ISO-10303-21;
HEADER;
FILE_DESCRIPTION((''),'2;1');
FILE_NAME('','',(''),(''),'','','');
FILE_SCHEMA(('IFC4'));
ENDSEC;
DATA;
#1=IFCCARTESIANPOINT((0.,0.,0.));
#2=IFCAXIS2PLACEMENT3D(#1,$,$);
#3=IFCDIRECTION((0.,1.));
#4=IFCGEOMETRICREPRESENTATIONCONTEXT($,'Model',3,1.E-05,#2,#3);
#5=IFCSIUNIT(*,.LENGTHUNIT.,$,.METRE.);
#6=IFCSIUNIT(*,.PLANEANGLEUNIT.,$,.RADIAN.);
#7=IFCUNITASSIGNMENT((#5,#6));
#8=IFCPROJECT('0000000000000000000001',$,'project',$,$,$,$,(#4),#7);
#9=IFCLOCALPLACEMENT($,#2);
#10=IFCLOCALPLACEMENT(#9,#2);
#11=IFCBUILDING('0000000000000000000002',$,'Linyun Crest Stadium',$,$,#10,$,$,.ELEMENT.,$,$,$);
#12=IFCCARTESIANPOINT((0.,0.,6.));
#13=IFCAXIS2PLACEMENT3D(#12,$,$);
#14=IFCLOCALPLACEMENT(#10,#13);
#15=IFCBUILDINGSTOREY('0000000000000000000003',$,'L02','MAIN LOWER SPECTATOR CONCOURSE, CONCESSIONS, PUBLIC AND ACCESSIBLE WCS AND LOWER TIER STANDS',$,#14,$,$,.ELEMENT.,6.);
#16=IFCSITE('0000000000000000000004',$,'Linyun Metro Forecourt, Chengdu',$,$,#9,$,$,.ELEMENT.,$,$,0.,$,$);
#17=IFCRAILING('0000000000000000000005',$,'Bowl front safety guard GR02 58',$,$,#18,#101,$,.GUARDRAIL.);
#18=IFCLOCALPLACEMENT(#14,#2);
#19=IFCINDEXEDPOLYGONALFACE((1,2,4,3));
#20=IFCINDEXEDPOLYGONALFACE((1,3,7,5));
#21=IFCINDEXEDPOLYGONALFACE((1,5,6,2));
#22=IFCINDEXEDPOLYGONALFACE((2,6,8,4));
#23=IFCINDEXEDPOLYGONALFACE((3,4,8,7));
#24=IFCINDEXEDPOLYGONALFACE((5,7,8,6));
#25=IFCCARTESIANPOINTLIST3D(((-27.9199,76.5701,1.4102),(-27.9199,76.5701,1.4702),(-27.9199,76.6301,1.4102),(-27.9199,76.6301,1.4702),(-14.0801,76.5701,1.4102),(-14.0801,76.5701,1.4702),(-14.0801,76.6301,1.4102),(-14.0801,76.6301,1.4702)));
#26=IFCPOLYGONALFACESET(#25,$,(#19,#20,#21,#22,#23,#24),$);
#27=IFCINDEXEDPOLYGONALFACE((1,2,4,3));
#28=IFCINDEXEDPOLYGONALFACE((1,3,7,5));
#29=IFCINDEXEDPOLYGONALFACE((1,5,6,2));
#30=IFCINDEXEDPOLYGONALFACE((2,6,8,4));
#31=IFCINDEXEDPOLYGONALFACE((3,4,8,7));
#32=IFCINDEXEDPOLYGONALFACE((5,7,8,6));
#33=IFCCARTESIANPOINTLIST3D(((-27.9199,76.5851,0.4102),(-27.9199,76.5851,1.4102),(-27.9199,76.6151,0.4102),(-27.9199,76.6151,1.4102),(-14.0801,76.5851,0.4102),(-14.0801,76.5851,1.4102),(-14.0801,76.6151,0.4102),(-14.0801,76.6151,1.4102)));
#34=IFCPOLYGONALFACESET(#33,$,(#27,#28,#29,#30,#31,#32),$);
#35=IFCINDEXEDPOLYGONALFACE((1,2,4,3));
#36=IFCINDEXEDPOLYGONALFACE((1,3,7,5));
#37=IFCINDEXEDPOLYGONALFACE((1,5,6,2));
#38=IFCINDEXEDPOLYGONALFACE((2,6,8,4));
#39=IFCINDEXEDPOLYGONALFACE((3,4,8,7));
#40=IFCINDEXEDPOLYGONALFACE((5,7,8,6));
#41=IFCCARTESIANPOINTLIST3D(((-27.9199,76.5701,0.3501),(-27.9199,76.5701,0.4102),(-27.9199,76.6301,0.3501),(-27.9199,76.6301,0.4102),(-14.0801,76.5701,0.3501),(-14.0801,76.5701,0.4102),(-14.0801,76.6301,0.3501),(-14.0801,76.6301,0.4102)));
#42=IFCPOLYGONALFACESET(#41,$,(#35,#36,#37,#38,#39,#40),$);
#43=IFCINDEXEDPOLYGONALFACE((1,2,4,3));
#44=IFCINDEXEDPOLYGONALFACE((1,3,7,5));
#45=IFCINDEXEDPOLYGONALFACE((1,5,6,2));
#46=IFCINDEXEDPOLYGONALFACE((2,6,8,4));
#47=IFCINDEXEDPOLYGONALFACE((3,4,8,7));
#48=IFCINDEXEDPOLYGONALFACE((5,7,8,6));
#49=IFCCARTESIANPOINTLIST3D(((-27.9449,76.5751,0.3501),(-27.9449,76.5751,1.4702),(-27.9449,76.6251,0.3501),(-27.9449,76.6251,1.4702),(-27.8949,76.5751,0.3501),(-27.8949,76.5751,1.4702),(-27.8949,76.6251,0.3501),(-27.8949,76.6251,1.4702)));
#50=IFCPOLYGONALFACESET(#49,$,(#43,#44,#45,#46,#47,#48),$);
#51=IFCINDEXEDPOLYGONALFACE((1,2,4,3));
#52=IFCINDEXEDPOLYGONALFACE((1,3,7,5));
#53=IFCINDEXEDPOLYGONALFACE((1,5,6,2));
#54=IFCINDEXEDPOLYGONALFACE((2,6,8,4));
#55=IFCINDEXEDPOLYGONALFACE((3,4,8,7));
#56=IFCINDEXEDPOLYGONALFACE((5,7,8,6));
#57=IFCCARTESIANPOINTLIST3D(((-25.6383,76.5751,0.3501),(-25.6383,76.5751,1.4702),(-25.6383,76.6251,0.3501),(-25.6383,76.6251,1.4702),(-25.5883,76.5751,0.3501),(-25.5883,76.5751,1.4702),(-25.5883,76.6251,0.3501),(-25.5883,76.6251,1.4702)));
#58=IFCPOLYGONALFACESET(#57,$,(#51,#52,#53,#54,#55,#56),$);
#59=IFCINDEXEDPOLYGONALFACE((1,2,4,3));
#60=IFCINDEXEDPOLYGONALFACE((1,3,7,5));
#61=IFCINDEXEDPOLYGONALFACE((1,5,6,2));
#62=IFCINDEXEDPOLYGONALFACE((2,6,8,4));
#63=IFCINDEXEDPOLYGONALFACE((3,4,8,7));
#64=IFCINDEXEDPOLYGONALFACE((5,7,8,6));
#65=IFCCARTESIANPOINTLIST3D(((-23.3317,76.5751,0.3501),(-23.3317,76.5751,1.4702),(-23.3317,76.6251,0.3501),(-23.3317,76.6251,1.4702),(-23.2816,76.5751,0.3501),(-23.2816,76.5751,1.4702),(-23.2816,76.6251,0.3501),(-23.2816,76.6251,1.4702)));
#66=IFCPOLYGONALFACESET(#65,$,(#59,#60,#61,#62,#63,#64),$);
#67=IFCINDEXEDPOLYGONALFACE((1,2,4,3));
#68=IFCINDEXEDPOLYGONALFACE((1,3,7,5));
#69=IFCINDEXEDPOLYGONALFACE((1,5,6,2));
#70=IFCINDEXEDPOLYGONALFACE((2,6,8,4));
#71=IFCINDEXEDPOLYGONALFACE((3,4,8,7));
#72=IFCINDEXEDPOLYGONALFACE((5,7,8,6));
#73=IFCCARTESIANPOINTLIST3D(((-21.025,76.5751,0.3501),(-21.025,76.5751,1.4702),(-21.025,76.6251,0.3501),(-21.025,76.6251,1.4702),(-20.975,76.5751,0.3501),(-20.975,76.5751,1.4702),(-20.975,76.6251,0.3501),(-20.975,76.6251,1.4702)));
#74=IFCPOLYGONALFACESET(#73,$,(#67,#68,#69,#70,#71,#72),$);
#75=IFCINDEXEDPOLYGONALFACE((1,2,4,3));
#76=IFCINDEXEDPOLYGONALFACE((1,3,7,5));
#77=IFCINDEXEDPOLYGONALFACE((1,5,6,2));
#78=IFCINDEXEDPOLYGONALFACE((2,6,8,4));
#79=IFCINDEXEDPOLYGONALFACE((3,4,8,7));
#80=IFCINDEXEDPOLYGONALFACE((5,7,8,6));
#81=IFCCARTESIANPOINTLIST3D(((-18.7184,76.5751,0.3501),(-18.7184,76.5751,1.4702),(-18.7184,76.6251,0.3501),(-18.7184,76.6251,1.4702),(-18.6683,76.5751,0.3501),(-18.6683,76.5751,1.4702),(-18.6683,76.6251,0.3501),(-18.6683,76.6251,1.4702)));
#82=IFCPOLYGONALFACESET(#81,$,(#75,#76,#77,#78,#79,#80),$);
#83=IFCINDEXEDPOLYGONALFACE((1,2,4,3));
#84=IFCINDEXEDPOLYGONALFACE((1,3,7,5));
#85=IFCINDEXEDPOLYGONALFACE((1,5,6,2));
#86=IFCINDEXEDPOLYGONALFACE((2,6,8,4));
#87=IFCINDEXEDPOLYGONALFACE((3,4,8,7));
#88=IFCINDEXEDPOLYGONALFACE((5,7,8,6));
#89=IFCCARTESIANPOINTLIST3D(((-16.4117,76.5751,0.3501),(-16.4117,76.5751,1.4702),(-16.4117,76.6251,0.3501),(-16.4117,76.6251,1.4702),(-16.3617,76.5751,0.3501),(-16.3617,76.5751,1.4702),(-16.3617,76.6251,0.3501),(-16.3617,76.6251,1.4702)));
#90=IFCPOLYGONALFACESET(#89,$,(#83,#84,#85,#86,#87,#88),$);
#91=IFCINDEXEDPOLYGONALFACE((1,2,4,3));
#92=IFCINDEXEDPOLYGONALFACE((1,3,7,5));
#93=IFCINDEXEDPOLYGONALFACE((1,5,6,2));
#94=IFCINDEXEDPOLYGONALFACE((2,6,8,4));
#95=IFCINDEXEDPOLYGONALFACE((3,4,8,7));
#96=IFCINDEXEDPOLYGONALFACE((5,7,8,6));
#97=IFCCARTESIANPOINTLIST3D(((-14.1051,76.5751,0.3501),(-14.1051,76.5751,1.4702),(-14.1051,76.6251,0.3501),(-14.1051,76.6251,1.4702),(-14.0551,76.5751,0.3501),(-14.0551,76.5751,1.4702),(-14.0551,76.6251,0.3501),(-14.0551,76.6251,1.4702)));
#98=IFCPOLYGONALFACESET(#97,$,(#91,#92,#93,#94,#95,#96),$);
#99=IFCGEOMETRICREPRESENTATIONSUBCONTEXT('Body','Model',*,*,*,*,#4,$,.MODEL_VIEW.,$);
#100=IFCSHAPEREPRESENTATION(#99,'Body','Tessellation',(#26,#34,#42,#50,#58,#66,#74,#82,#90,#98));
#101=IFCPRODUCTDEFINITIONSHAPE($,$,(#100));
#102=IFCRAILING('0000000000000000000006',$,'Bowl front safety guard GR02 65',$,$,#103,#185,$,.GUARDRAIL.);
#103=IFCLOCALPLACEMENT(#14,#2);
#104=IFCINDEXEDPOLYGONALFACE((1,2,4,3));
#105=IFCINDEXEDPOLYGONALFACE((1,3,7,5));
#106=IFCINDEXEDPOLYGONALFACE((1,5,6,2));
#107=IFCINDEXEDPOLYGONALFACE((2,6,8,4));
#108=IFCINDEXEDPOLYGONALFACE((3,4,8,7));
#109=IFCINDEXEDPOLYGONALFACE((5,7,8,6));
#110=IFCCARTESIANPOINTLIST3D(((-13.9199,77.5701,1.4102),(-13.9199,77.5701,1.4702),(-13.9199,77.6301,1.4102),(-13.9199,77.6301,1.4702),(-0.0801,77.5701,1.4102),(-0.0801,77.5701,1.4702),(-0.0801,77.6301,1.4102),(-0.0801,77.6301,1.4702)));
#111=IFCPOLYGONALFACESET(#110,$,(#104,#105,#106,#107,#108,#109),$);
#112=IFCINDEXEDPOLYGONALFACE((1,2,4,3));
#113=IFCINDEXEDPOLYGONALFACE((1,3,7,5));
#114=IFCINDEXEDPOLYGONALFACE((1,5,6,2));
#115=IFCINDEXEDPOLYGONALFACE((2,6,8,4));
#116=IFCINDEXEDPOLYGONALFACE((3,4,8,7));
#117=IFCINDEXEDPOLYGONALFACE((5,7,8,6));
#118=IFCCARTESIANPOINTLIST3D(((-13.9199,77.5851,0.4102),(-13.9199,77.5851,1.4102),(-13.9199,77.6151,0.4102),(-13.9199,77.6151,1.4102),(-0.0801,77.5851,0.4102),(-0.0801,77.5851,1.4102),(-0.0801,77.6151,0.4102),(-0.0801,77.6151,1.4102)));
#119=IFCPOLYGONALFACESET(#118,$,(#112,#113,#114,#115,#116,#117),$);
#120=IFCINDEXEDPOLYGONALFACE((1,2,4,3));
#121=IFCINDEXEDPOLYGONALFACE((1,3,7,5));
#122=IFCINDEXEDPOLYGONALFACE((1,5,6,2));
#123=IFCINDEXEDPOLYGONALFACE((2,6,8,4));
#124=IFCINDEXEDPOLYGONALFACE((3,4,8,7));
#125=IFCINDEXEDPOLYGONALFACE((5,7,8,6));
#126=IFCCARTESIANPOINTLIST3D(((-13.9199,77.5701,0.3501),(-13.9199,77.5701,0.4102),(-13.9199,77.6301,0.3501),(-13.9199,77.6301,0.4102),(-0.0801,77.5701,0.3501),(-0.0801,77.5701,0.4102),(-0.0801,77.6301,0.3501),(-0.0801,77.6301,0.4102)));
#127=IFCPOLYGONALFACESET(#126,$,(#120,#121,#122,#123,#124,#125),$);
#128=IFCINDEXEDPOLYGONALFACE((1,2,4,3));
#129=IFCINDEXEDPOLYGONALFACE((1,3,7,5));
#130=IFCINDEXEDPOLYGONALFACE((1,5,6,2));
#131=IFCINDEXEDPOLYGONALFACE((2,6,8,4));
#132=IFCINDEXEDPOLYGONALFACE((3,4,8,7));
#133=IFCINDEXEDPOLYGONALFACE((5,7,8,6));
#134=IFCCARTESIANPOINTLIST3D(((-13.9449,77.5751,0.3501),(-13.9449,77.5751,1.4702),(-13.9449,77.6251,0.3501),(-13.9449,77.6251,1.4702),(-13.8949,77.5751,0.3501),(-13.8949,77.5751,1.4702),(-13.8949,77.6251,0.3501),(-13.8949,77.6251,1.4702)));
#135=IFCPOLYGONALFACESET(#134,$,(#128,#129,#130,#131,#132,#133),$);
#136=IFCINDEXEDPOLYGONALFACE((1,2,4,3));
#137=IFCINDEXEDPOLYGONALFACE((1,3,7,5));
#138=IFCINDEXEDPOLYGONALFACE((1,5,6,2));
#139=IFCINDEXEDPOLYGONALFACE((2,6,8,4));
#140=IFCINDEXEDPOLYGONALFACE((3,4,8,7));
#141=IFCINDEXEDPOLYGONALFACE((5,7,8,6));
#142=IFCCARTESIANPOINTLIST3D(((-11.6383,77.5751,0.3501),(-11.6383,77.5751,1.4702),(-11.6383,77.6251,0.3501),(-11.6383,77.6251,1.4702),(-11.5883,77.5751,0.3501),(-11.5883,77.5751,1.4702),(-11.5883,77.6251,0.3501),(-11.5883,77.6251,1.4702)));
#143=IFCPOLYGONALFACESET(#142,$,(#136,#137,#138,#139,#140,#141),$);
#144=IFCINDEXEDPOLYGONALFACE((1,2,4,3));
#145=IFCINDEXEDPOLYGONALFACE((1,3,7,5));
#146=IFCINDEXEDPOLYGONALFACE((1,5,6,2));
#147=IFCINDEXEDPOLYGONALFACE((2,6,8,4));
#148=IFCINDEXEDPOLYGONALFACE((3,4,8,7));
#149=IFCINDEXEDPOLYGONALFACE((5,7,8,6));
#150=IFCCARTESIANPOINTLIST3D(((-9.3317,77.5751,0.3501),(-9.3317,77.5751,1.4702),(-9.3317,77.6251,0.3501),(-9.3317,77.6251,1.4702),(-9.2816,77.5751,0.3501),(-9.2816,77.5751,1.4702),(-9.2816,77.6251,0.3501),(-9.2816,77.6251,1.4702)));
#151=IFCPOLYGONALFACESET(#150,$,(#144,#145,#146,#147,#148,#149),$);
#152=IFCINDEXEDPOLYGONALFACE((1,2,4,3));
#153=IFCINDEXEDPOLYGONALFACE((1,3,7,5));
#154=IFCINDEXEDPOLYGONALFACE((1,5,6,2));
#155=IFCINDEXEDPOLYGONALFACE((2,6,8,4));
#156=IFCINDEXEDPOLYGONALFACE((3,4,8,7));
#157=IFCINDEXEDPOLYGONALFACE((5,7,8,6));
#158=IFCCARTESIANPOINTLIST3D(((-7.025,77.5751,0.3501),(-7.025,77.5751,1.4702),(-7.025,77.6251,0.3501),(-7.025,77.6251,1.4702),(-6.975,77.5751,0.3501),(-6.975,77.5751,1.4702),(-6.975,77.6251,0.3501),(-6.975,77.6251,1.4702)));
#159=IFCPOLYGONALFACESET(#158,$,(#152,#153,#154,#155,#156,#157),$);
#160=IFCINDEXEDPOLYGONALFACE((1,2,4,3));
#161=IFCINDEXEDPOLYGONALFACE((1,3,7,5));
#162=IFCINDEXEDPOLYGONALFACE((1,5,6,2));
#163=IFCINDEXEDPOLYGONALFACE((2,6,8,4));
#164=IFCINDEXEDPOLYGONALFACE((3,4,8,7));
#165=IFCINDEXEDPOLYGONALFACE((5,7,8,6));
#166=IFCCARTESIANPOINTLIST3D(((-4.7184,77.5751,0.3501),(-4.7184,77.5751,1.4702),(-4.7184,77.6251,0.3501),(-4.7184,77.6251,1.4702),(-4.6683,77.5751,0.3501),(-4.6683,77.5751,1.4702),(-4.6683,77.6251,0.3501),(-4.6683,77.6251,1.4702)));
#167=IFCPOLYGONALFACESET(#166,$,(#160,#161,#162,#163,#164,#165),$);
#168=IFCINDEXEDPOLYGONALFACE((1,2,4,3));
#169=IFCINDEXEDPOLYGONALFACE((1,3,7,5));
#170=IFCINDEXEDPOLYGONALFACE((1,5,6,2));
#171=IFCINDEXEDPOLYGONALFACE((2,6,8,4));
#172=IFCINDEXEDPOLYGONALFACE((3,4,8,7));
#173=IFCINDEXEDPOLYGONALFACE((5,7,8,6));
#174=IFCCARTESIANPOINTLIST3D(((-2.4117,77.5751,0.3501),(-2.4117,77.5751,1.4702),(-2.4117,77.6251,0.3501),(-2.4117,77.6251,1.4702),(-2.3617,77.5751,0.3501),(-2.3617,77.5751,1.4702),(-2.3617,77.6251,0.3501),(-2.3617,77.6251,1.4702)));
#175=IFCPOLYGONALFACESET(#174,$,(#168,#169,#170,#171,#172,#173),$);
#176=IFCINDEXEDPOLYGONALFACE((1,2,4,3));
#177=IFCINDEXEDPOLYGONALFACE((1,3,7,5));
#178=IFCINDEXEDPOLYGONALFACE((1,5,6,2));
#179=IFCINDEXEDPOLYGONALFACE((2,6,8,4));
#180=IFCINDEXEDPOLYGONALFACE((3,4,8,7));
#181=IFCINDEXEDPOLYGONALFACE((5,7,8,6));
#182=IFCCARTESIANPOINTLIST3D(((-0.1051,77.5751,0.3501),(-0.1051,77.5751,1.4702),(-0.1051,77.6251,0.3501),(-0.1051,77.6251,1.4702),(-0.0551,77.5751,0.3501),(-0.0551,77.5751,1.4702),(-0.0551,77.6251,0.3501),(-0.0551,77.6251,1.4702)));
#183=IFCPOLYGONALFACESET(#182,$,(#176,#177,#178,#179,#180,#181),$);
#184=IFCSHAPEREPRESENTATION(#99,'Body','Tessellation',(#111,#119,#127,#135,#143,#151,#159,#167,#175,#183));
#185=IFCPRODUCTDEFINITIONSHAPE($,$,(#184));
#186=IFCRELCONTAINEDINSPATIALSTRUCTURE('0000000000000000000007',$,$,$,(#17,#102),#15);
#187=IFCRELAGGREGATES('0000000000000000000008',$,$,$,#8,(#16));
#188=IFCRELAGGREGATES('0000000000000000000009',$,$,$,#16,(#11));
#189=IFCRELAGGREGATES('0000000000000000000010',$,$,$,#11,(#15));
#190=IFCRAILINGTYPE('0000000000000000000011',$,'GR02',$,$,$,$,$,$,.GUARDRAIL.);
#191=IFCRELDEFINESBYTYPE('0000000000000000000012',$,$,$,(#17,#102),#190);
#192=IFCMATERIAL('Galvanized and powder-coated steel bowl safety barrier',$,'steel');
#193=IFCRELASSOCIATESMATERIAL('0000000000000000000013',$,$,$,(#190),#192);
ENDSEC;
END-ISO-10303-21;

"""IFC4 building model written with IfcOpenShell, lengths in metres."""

from ifc_helpers import new_model, si_unit, direction, frame, origin, origin_2d, place, context, subcontext, project, spatial, rectangle, extrude, material, type_object, element, save


model = new_model("IFC4")

# Units and contexts
model_context = context("Model", 3, precision=1e-05, world=origin(), true_north=direction((0.0, 1.0)))
body_context = subcontext(model_context, "Body", "Model", "MODEL_VIEW")
ifc_project = project(units=[si_unit("LENGTHUNIT", "METRE"), si_unit("PLANEANGLEUNIT", "RADIAN")], contexts=[model_context])

# Site, building, storey
site_placement = place(None, origin())
site = spatial("IfcSite", under=ifc_project, at=site_placement, Name="Linyun Metro Forecourt, Chengdu", CompositionType="ELEMENT", RefElevation=0.0)
building_placement = place(site_placement, origin())
building = spatial("IfcBuilding", under=site, at=building_placement, Name="Linyun Crest Stadium", CompositionType="ELEMENT")
storey_placement = place(building_placement, frame((0.0, 0.0, 6.0)))
storey = spatial("IfcBuildingStorey", under=building, at=storey_placement, Name="L02", Description="MAIN LOWER SPECTATOR CONCOURSE, CONCESSIONS, PUBLIC AND ACCESSIBLE WCS AND LOWER TIER STANDS", CompositionType="ELEMENT", Elevation=6.0)

# Railings
ifc_material_1 = material(Name="Galvanized and powder-coated steel bowl safety barrier", Category="steel")
railing_type = type_object("IfcRailingType", Name="GR02", PredefinedType="GUARDRAIL", material=ifc_material_1)
for number, where, name in (
    (1, (-27.9199, 76.6001, 0.3501), "Bowl front safety guard GR02 58"),
    (2, (-13.9199, 77.6001, 0.3501), "Bowl front safety guard GR02 65"),
):
    element("IfcRailing", number, at=place(storey_placement, frame(where)), inside=storey, type_object=railing_type, Name=name, PredefinedType="GUARDRAIL", context=body_context, shape_type="SweptSolid", body=[
        extrude(rectangle(XDim=0.0601, YDim=0.0601, at=origin_2d()), frame((0.0, 0.0, 1.0901), z_axis=(1.0, 0.0, 0.0), x_axis=(0.0, 1.0, 0.0)), (0.0, 0.0, 1.0), 13.8398),
        extrude(rectangle(XDim=0.03, YDim=1.0, at=origin_2d()), frame((0.0, 0.0, 0.5601), z_axis=(1.0, 0.0, 0.0), x_axis=(0.0, 1.0, 0.0)), (0.0, 0.0, 1.0), 13.8398),
        extrude(rectangle(XDim=0.0601, YDim=0.0601, at=origin_2d()), frame((0.0, 0.0, 0.03), z_axis=(1.0, 0.0, 0.0), x_axis=(0.0, 1.0, 0.0)), (0.0, 0.0, 1.0), 13.8398),
        extrude(rectangle(XDim=0.05, YDim=0.05, at=origin_2d()), origin(), (0.0, 0.0, 1.0), 1.1201),
        extrude(rectangle(XDim=0.05, YDim=0.05, at=origin_2d()), frame((2.3066, 0.0, 0.0)), (0.0, 0.0, 1.0), 1.1201),
        extrude(rectangle(XDim=0.05, YDim=0.05, at=origin_2d()), frame((4.6133, 0.0, 0.0)), (0.0, 0.0, 1.0), 1.1201),
        extrude(rectangle(XDim=0.05, YDim=0.05, at=origin_2d()), frame((6.9199, 0.0, 0.0)), (0.0, 0.0, 1.0), 1.1201),
        extrude(rectangle(XDim=0.05, YDim=0.05, at=origin_2d()), frame((9.2266, 0.0, 0.0)), (0.0, 0.0, 1.0), 1.1201),
        extrude(rectangle(XDim=0.05, YDim=0.05, at=origin_2d()), frame((11.5332, 0.0, 0.0)), (0.0, 0.0, 1.0), 1.1201),
        extrude(rectangle(XDim=0.05, YDim=0.05, at=origin_2d()), frame((13.8398, 0.0, 0.0)), (0.0, 0.0, 1.0), 1.1201),
    ])

save(model, "model.ifc")
